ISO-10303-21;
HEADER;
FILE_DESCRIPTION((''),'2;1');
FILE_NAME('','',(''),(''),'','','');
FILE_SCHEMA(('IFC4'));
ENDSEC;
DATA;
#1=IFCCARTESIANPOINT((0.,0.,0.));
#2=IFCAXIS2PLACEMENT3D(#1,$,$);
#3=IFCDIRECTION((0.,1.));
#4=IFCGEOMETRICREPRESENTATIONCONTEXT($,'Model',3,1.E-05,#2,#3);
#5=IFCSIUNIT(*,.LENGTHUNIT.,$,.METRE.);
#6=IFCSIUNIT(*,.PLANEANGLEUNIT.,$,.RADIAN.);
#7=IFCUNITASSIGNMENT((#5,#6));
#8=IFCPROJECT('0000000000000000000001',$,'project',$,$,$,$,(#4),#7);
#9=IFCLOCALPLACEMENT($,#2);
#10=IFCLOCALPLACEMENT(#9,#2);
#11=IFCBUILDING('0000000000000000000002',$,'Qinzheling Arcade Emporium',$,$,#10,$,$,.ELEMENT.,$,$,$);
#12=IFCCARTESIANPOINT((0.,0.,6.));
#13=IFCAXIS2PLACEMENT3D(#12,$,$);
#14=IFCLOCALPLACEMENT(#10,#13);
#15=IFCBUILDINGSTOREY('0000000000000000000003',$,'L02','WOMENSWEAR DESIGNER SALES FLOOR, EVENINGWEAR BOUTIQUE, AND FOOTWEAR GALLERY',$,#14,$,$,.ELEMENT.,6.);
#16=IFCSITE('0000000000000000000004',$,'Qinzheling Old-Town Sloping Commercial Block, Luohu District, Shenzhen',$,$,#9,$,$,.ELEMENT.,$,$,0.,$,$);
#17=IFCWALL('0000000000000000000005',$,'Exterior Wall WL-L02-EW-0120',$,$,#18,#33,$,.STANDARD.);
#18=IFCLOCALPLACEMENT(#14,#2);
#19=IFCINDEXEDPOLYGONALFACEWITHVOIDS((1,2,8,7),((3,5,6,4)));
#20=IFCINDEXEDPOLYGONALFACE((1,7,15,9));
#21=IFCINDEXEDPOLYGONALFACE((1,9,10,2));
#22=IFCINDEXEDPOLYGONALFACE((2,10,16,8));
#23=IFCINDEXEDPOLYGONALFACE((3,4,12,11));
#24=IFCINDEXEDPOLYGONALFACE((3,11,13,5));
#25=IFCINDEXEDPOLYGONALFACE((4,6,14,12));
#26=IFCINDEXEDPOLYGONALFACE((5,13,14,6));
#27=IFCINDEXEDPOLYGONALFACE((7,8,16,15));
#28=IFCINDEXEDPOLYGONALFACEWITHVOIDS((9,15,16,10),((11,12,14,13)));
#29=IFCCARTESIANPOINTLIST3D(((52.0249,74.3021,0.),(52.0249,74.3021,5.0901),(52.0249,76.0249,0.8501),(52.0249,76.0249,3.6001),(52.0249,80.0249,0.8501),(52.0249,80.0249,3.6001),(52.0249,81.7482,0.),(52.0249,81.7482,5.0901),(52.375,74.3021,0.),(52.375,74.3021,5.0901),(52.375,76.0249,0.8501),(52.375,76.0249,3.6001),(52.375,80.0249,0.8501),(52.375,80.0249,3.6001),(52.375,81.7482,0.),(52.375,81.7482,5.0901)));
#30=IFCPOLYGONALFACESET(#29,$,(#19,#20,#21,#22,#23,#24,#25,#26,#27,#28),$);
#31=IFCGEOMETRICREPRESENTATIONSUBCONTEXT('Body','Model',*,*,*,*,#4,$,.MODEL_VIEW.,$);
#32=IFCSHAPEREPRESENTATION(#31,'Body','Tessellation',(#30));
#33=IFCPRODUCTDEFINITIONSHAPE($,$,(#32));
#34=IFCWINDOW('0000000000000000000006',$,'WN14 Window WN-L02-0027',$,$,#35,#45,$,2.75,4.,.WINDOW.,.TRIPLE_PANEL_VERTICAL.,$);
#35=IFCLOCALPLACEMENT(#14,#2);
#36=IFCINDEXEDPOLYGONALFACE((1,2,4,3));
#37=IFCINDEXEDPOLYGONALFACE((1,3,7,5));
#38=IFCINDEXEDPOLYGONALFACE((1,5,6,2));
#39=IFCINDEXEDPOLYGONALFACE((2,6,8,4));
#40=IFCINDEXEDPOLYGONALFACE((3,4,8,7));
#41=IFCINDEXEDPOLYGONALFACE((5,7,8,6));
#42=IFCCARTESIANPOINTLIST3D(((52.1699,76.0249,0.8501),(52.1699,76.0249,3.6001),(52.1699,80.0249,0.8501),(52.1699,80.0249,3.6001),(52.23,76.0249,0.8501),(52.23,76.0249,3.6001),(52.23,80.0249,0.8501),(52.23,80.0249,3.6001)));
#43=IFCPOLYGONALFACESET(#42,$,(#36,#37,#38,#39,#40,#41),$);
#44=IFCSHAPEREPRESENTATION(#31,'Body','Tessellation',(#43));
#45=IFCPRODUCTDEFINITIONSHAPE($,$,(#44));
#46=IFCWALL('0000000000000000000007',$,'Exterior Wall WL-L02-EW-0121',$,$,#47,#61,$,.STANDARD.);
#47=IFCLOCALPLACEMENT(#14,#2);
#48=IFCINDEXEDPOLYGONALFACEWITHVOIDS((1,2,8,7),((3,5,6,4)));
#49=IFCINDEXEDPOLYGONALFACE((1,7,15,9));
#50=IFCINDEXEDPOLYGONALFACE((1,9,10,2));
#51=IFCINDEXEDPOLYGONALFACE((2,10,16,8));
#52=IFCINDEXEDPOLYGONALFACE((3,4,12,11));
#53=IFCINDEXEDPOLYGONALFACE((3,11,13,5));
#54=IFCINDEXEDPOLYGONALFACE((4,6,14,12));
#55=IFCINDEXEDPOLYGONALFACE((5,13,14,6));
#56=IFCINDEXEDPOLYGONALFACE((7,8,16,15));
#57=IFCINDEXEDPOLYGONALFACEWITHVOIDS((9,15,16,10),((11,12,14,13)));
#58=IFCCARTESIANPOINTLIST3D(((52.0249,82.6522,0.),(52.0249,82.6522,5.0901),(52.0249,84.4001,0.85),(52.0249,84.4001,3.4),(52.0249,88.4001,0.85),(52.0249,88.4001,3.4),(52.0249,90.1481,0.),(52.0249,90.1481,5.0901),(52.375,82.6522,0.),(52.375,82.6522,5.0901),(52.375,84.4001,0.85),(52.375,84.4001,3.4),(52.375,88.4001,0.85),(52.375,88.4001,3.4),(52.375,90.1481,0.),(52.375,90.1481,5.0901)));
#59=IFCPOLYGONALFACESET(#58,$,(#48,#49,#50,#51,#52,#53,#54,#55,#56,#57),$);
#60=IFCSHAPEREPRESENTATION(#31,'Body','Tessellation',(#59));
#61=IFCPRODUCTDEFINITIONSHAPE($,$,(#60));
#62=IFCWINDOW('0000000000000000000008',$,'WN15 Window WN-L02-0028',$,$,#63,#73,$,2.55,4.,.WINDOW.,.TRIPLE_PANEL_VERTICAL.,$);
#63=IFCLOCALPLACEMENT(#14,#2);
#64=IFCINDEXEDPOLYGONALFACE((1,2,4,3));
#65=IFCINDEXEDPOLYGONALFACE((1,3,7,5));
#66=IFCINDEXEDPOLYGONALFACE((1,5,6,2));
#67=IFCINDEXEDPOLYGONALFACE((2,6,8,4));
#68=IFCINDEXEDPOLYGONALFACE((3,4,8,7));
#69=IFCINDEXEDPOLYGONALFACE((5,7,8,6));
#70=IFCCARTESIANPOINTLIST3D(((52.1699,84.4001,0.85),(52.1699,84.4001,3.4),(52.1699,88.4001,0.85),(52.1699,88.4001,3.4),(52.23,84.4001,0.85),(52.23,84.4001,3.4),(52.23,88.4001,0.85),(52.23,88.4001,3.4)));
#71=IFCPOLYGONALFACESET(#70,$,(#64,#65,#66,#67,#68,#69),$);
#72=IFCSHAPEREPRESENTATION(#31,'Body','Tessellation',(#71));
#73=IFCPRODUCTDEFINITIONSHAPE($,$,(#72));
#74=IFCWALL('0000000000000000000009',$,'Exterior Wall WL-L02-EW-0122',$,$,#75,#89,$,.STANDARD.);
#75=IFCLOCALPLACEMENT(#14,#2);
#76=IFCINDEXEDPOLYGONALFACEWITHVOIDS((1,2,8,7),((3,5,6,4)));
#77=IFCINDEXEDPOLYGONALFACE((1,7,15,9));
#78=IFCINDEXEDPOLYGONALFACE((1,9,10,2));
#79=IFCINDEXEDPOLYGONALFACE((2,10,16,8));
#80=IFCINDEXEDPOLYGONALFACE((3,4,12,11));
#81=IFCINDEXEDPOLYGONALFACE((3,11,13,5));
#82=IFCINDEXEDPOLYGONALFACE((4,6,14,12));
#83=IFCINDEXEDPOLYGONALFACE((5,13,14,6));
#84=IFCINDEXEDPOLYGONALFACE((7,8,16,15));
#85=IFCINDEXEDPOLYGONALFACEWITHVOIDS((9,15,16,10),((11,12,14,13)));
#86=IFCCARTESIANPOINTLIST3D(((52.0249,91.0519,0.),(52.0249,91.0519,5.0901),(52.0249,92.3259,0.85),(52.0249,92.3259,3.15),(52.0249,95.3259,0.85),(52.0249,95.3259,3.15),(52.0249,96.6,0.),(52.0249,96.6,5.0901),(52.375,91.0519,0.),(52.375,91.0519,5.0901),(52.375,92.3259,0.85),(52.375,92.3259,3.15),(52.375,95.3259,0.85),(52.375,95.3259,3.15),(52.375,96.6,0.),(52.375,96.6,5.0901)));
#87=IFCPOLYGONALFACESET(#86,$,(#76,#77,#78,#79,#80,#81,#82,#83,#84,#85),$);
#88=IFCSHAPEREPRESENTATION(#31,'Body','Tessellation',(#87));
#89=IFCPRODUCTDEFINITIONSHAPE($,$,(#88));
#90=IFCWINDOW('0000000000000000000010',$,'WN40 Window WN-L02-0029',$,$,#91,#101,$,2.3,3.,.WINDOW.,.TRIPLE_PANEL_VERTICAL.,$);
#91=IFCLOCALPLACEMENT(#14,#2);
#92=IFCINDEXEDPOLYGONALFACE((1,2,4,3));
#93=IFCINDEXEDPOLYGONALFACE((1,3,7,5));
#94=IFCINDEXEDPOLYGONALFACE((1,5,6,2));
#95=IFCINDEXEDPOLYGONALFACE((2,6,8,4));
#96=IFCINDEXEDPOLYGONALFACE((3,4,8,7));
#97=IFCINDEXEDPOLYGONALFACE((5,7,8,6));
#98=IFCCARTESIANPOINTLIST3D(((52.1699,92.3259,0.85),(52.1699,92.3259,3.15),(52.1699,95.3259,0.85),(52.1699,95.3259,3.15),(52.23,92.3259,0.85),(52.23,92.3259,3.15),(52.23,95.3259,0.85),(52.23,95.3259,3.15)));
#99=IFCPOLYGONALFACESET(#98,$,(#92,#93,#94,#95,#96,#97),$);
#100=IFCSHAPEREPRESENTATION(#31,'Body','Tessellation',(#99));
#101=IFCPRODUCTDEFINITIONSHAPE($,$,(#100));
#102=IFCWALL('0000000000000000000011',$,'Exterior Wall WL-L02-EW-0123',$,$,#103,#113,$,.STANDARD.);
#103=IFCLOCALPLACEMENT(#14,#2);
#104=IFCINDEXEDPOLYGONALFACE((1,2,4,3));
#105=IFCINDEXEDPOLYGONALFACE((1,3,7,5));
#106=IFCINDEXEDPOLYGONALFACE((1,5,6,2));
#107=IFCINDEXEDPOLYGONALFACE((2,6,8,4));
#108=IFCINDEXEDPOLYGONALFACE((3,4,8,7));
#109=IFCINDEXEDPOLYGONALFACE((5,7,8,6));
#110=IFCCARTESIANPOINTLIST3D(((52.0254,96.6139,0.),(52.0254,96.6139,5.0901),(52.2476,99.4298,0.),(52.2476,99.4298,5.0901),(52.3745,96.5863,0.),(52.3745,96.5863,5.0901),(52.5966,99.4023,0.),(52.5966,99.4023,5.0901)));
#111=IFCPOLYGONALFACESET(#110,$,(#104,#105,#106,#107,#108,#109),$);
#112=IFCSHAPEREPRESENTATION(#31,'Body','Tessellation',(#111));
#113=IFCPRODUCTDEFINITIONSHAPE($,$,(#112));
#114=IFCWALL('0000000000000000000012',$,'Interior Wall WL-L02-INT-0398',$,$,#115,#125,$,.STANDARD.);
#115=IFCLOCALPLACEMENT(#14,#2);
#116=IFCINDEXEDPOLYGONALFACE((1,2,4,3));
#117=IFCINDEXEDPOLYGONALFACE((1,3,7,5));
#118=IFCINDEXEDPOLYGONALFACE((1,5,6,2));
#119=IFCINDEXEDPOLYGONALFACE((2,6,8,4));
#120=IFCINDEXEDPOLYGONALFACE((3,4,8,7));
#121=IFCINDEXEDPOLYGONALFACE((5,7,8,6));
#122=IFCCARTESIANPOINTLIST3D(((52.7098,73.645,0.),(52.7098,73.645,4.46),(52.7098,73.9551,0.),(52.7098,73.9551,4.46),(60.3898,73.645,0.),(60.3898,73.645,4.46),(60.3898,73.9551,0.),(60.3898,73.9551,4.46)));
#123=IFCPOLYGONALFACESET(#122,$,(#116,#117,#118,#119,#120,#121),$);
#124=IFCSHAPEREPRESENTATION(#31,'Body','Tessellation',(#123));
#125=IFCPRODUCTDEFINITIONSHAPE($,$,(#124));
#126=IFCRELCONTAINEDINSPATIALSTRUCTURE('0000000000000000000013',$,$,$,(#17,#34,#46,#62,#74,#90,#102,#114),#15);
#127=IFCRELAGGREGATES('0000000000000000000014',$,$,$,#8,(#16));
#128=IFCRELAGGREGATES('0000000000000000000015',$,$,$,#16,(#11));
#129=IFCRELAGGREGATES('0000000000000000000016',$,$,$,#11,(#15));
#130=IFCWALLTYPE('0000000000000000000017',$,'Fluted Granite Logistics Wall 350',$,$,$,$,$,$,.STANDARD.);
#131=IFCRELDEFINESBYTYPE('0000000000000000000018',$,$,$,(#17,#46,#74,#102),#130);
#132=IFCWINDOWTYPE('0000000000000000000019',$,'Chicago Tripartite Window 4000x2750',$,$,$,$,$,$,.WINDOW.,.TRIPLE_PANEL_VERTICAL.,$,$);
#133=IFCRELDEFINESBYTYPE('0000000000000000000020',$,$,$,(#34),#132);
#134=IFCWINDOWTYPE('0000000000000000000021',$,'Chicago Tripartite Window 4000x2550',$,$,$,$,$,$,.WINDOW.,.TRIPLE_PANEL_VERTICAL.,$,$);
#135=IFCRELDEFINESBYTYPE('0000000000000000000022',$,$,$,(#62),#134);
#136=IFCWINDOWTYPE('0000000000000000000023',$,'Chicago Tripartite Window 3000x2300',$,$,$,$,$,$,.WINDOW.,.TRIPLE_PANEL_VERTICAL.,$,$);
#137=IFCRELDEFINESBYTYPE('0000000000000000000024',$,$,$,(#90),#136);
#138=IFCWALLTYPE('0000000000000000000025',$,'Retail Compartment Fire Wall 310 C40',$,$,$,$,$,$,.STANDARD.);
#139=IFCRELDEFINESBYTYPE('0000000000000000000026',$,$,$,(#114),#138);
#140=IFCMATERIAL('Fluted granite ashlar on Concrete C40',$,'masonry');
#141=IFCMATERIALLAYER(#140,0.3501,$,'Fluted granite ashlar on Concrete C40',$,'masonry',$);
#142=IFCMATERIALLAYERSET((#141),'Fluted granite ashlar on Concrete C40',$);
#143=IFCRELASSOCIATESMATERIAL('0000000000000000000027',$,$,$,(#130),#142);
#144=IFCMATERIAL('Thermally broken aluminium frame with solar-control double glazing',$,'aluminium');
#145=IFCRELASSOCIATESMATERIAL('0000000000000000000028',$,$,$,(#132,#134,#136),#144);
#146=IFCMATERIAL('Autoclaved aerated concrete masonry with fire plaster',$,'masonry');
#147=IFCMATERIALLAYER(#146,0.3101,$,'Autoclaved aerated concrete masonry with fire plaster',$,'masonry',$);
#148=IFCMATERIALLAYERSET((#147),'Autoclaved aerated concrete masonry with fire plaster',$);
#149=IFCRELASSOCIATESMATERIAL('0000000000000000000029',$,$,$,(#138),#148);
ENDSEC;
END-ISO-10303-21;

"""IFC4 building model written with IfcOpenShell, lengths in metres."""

from ifc_helpers import new_model, si_unit, direction, frame, frame_2d, origin, place, context, subcontext, project, spatial, rectangle, extrude, material, layer, layer_set, type_object, element, fill, save


model = new_model("IFC4")

# Units and contexts
model_context = context("Model", 3, precision=1e-05, world=origin(), true_north=direction((0.0, 1.0)))
body_context = subcontext(model_context, "Body", "Model", "MODEL_VIEW")
ifc_project = project(units=[si_unit("LENGTHUNIT", "METRE"), si_unit("PLANEANGLEUNIT", "RADIAN")], contexts=[model_context])

# Site, building, storey
site_placement = place(None, origin())
site = spatial("IfcSite", under=ifc_project, at=site_placement, Name="Qinzheling Old-Town Sloping Commercial Block, Luohu District, Shenzhen", CompositionType="ELEMENT", RefElevation=0.0)
building_placement = place(site_placement, origin())
building = spatial("IfcBuilding", under=site, at=building_placement, Name="Qinzheling Arcade Emporium", CompositionType="ELEMENT")
storey_placement = place(building_placement, frame((0.0, 0.0, 6.0)))
storey = spatial("IfcBuildingStorey", under=building, at=storey_placement, Name="L02", Description="WOMENSWEAR DESIGNER SALES FLOOR, EVENINGWEAR BOUTIQUE, AND FOOTWEAR GALLERY", CompositionType="ELEMENT", Elevation=6.0)

# Walls, openings, windows
ifc_material_1 = material(Name="Fluted granite ashlar on Concrete C40", Category="masonry")
ifc_layer_1 = layer(ifc_material_1, 0.3501, Name="Fluted granite ashlar on Concrete C40", Category="masonry")
ifc_layer_set_1 = layer_set([ifc_layer_1], Name="Fluted granite ashlar on Concrete C40")
wall_type_1 = type_object("IfcWallType", Name="Fluted Granite Logistics Wall 350", PredefinedType="STANDARD", material=ifc_layer_set_1)
wall_1_placement = place(storey_placement, frame((52.2, 74.302, 0.0), z_axis=(0.0, 0.0, 1.0), x_axis=(0.0, 1.0, 0.0)))
wall_1 = element("IfcWall", 1, at=wall_1_placement, inside=storey, type_object=wall_type_1, Name="Exterior Wall WL-L02-EW-0120", PredefinedType="STANDARD", context=body_context, shape_type="SweptSolid", body=[
    extrude(rectangle(XDim=7.446, YDim=0.3501, at=frame_2d((3.7231, 0.0))), origin(), (0.0, 0.0, 1.0), 5.0901),
])
opening_1_placement = place(wall_1_placement, frame((1.7229, 0.0, 0.8501)))
opening_1 = element("IfcOpeningElement", 2, at=opening_1_placement, cuts=wall_1, PredefinedType="OPENING", context=body_context, shape_type="SweptSolid", body=[
    extrude(rectangle(XDim=4.0, YDim=2.75, at=frame_2d((2.0, 1.375))), frame((0.0, 0.1851, 0.0), z_axis=(0.0, -1.0, 0.0), x_axis=(1.0, 0.0, 0.0)), (0.0, 0.0, 1.0), 0.3701),
])
ifc_material_2 = material(Name="Thermally broken aluminium frame with solar-control double glazing", Category="aluminium")
window_type_1 = type_object("IfcWindowType", Name="Chicago Tripartite Window 4000x2750", PartitioningType="TRIPLE_PANEL_VERTICAL", PredefinedType="WINDOW", material=ifc_material_2)
window_1_placement = place(opening_1_placement, origin())
window_1 = element("IfcWindow", 3, at=window_1_placement, inside=storey, type_object=window_type_1, Name="WN14 Window WN-L02-0027", OverallHeight=2.75, OverallWidth=4.0, PartitioningType="TRIPLE_PANEL_VERTICAL", PredefinedType="WINDOW", context=body_context, shape_type="SweptSolid", body=[
    extrude(rectangle(XDim=4.0, YDim=2.75, at=frame_2d((2.0, 1.375))), frame((0.0, 0.03, 0.0), z_axis=(0.0, -1.0, 0.0), x_axis=(1.0, 0.0, 0.0)), (0.0, 0.0, 1.0), 0.0601),
])
fill(opening_1, window_1)
wall_2_placement = place(storey_placement, frame((52.2, 82.6521, 0.0), z_axis=(0.0, 0.0, 1.0), x_axis=(0.0, 1.0, 0.0)))
wall_2 = element("IfcWall", 4, at=wall_2_placement, inside=storey, type_object=wall_type_1, Name="Exterior Wall WL-L02-EW-0121", PredefinedType="STANDARD", context=body_context, shape_type="SweptSolid", body=[
    extrude(rectangle(XDim=7.4958, YDim=0.3501, at=frame_2d((3.748, 0.0))), origin(), (0.0, 0.0, 1.0), 5.0901),
])
opening_2_placement = place(wall_2_placement, frame((1.748, 0.0, 0.8501)))
opening_2 = element("IfcOpeningElement", 5, at=opening_2_placement, cuts=wall_2, PredefinedType="OPENING", context=body_context, shape_type="SweptSolid", body=[
    extrude(rectangle(XDim=4.0, YDim=2.55, at=frame_2d((2.0, 1.2749))), frame((0.0, 0.1851, 0.0), z_axis=(0.0, -1.0, 0.0), x_axis=(1.0, 0.0, 0.0)), (0.0, 0.0, 1.0), 0.3701),
])
window_type_2 = type_object("IfcWindowType", Name="Chicago Tripartite Window 4000x2550", PartitioningType="TRIPLE_PANEL_VERTICAL", PredefinedType="WINDOW", material=ifc_material_2)
window_2_placement = place(opening_2_placement, origin())
window_2 = element("IfcWindow", 6, at=window_2_placement, inside=storey, type_object=window_type_2, Name="WN15 Window WN-L02-0028", OverallHeight=2.55, OverallWidth=4.0, PartitioningType="TRIPLE_PANEL_VERTICAL", PredefinedType="WINDOW", context=body_context, shape_type="SweptSolid", body=[
    extrude(rectangle(XDim=4.0, YDim=2.55, at=frame_2d((2.0, 1.2749))), frame((0.0, 0.03, 0.0), z_axis=(0.0, -1.0, 0.0), x_axis=(1.0, 0.0, 0.0)), (0.0, 0.0, 1.0), 0.0601),
])
fill(opening_2, window_2)
wall_3_placement = place(storey_placement, frame((52.2, 91.052, 0.0), z_axis=(0.0, 0.0, 1.0), x_axis=(0.0, 1.0, 0.0)))
wall_3 = element("IfcWall", 7, at=wall_3_placement, inside=storey, type_object=wall_type_1, Name="Exterior Wall WL-L02-EW-0122", PredefinedType="STANDARD", context=body_context, shape_type="SweptSolid", body=[
    extrude(rectangle(XDim=5.5481, YDim=0.3501, at=frame_2d((2.7739, 0.0))), origin(), (0.0, 0.0, 1.0), 5.0901),
])
opening_3_placement = place(wall_3_placement, frame((1.2739, 0.0, 0.8501)))
opening_3 = element("IfcOpeningElement", 8, at=opening_3_placement, cuts=wall_3, PredefinedType="OPENING", context=body_context, shape_type="SweptSolid", body=[
    extrude(rectangle(XDim=3.0, YDim=2.3, at=frame_2d((1.5, 1.1499))), frame((0.0, 0.1851, 0.0), z_axis=(0.0, -1.0, 0.0), x_axis=(1.0, 0.0, 0.0)), (0.0, 0.0, 1.0), 0.3701),
])
window_type_3 = type_object("IfcWindowType", Name="Chicago Tripartite Window 3000x2300", PartitioningType="TRIPLE_PANEL_VERTICAL", PredefinedType="WINDOW", material=ifc_material_2)
window_3_placement = place(opening_3_placement, origin())
window_3 = element("IfcWindow", 9, at=window_3_placement, inside=storey, type_object=window_type_3, Name="WN40 Window WN-L02-0029", OverallHeight=2.3, OverallWidth=3.0, PartitioningType="TRIPLE_PANEL_VERTICAL", PredefinedType="WINDOW", context=body_context, shape_type="SweptSolid", body=[
    extrude(rectangle(XDim=3.0, YDim=2.3, at=frame_2d((1.5, 1.1499))), frame((0.0, 0.03, 0.0), z_axis=(0.0, -1.0, 0.0), x_axis=(1.0, 0.0, 0.0)), (0.0, 0.0, 1.0), 0.0601),
])
fill(opening_3, window_3)

# Walls
wall_4_placement = place(storey_placement, frame((52.2, 96.6001, 0.0), z_axis=(0.0, 0.0, 1.0), x_axis=(0.078653, 0.996902, 0.0)))
element("IfcWall", 10, at=wall_4_placement, inside=storey, type_object=wall_type_1, Name="Exterior Wall WL-L02-EW-0123", PredefinedType="STANDARD", context=body_context, shape_type="SweptSolid", body=[
    extrude(rectangle(XDim=2.8247, YDim=0.3501, at=frame_2d((1.4124, 0.0))), origin(), (0.0, 0.0, 1.0), 5.0901),
])
ifc_material_3 = material(Name="Autoclaved aerated concrete masonry with fire plaster", Category="masonry")
ifc_layer_2 = layer(ifc_material_3, 0.3101, Name="Autoclaved aerated concrete masonry with fire plaster", Category="masonry")
ifc_layer_set_2 = layer_set([ifc_layer_2], Name="Autoclaved aerated concrete masonry with fire plaster")
wall_type_2 = type_object("IfcWallType", Name="Retail Compartment Fire Wall 310 C40", PredefinedType="STANDARD", material=ifc_layer_set_2)
wall_5_placement = place(storey_placement, frame((52.71, 73.8, 0.0), z_axis=(0.0, 0.0, 1.0), x_axis=(1.0, 0.0, 0.0)))
element("IfcWall", 11, at=wall_5_placement, inside=storey, type_object=wall_type_2, Name="Interior Wall WL-L02-INT-0398", PredefinedType="STANDARD", context=body_context, shape_type="SweptSolid", body=[
    extrude(rectangle(XDim=7.6799, YDim=0.3101, at=frame_2d((3.8398, 0.0))), origin(), (0.0, 0.0, 1.0), 4.46),
])

save(model, "model.ifc")
